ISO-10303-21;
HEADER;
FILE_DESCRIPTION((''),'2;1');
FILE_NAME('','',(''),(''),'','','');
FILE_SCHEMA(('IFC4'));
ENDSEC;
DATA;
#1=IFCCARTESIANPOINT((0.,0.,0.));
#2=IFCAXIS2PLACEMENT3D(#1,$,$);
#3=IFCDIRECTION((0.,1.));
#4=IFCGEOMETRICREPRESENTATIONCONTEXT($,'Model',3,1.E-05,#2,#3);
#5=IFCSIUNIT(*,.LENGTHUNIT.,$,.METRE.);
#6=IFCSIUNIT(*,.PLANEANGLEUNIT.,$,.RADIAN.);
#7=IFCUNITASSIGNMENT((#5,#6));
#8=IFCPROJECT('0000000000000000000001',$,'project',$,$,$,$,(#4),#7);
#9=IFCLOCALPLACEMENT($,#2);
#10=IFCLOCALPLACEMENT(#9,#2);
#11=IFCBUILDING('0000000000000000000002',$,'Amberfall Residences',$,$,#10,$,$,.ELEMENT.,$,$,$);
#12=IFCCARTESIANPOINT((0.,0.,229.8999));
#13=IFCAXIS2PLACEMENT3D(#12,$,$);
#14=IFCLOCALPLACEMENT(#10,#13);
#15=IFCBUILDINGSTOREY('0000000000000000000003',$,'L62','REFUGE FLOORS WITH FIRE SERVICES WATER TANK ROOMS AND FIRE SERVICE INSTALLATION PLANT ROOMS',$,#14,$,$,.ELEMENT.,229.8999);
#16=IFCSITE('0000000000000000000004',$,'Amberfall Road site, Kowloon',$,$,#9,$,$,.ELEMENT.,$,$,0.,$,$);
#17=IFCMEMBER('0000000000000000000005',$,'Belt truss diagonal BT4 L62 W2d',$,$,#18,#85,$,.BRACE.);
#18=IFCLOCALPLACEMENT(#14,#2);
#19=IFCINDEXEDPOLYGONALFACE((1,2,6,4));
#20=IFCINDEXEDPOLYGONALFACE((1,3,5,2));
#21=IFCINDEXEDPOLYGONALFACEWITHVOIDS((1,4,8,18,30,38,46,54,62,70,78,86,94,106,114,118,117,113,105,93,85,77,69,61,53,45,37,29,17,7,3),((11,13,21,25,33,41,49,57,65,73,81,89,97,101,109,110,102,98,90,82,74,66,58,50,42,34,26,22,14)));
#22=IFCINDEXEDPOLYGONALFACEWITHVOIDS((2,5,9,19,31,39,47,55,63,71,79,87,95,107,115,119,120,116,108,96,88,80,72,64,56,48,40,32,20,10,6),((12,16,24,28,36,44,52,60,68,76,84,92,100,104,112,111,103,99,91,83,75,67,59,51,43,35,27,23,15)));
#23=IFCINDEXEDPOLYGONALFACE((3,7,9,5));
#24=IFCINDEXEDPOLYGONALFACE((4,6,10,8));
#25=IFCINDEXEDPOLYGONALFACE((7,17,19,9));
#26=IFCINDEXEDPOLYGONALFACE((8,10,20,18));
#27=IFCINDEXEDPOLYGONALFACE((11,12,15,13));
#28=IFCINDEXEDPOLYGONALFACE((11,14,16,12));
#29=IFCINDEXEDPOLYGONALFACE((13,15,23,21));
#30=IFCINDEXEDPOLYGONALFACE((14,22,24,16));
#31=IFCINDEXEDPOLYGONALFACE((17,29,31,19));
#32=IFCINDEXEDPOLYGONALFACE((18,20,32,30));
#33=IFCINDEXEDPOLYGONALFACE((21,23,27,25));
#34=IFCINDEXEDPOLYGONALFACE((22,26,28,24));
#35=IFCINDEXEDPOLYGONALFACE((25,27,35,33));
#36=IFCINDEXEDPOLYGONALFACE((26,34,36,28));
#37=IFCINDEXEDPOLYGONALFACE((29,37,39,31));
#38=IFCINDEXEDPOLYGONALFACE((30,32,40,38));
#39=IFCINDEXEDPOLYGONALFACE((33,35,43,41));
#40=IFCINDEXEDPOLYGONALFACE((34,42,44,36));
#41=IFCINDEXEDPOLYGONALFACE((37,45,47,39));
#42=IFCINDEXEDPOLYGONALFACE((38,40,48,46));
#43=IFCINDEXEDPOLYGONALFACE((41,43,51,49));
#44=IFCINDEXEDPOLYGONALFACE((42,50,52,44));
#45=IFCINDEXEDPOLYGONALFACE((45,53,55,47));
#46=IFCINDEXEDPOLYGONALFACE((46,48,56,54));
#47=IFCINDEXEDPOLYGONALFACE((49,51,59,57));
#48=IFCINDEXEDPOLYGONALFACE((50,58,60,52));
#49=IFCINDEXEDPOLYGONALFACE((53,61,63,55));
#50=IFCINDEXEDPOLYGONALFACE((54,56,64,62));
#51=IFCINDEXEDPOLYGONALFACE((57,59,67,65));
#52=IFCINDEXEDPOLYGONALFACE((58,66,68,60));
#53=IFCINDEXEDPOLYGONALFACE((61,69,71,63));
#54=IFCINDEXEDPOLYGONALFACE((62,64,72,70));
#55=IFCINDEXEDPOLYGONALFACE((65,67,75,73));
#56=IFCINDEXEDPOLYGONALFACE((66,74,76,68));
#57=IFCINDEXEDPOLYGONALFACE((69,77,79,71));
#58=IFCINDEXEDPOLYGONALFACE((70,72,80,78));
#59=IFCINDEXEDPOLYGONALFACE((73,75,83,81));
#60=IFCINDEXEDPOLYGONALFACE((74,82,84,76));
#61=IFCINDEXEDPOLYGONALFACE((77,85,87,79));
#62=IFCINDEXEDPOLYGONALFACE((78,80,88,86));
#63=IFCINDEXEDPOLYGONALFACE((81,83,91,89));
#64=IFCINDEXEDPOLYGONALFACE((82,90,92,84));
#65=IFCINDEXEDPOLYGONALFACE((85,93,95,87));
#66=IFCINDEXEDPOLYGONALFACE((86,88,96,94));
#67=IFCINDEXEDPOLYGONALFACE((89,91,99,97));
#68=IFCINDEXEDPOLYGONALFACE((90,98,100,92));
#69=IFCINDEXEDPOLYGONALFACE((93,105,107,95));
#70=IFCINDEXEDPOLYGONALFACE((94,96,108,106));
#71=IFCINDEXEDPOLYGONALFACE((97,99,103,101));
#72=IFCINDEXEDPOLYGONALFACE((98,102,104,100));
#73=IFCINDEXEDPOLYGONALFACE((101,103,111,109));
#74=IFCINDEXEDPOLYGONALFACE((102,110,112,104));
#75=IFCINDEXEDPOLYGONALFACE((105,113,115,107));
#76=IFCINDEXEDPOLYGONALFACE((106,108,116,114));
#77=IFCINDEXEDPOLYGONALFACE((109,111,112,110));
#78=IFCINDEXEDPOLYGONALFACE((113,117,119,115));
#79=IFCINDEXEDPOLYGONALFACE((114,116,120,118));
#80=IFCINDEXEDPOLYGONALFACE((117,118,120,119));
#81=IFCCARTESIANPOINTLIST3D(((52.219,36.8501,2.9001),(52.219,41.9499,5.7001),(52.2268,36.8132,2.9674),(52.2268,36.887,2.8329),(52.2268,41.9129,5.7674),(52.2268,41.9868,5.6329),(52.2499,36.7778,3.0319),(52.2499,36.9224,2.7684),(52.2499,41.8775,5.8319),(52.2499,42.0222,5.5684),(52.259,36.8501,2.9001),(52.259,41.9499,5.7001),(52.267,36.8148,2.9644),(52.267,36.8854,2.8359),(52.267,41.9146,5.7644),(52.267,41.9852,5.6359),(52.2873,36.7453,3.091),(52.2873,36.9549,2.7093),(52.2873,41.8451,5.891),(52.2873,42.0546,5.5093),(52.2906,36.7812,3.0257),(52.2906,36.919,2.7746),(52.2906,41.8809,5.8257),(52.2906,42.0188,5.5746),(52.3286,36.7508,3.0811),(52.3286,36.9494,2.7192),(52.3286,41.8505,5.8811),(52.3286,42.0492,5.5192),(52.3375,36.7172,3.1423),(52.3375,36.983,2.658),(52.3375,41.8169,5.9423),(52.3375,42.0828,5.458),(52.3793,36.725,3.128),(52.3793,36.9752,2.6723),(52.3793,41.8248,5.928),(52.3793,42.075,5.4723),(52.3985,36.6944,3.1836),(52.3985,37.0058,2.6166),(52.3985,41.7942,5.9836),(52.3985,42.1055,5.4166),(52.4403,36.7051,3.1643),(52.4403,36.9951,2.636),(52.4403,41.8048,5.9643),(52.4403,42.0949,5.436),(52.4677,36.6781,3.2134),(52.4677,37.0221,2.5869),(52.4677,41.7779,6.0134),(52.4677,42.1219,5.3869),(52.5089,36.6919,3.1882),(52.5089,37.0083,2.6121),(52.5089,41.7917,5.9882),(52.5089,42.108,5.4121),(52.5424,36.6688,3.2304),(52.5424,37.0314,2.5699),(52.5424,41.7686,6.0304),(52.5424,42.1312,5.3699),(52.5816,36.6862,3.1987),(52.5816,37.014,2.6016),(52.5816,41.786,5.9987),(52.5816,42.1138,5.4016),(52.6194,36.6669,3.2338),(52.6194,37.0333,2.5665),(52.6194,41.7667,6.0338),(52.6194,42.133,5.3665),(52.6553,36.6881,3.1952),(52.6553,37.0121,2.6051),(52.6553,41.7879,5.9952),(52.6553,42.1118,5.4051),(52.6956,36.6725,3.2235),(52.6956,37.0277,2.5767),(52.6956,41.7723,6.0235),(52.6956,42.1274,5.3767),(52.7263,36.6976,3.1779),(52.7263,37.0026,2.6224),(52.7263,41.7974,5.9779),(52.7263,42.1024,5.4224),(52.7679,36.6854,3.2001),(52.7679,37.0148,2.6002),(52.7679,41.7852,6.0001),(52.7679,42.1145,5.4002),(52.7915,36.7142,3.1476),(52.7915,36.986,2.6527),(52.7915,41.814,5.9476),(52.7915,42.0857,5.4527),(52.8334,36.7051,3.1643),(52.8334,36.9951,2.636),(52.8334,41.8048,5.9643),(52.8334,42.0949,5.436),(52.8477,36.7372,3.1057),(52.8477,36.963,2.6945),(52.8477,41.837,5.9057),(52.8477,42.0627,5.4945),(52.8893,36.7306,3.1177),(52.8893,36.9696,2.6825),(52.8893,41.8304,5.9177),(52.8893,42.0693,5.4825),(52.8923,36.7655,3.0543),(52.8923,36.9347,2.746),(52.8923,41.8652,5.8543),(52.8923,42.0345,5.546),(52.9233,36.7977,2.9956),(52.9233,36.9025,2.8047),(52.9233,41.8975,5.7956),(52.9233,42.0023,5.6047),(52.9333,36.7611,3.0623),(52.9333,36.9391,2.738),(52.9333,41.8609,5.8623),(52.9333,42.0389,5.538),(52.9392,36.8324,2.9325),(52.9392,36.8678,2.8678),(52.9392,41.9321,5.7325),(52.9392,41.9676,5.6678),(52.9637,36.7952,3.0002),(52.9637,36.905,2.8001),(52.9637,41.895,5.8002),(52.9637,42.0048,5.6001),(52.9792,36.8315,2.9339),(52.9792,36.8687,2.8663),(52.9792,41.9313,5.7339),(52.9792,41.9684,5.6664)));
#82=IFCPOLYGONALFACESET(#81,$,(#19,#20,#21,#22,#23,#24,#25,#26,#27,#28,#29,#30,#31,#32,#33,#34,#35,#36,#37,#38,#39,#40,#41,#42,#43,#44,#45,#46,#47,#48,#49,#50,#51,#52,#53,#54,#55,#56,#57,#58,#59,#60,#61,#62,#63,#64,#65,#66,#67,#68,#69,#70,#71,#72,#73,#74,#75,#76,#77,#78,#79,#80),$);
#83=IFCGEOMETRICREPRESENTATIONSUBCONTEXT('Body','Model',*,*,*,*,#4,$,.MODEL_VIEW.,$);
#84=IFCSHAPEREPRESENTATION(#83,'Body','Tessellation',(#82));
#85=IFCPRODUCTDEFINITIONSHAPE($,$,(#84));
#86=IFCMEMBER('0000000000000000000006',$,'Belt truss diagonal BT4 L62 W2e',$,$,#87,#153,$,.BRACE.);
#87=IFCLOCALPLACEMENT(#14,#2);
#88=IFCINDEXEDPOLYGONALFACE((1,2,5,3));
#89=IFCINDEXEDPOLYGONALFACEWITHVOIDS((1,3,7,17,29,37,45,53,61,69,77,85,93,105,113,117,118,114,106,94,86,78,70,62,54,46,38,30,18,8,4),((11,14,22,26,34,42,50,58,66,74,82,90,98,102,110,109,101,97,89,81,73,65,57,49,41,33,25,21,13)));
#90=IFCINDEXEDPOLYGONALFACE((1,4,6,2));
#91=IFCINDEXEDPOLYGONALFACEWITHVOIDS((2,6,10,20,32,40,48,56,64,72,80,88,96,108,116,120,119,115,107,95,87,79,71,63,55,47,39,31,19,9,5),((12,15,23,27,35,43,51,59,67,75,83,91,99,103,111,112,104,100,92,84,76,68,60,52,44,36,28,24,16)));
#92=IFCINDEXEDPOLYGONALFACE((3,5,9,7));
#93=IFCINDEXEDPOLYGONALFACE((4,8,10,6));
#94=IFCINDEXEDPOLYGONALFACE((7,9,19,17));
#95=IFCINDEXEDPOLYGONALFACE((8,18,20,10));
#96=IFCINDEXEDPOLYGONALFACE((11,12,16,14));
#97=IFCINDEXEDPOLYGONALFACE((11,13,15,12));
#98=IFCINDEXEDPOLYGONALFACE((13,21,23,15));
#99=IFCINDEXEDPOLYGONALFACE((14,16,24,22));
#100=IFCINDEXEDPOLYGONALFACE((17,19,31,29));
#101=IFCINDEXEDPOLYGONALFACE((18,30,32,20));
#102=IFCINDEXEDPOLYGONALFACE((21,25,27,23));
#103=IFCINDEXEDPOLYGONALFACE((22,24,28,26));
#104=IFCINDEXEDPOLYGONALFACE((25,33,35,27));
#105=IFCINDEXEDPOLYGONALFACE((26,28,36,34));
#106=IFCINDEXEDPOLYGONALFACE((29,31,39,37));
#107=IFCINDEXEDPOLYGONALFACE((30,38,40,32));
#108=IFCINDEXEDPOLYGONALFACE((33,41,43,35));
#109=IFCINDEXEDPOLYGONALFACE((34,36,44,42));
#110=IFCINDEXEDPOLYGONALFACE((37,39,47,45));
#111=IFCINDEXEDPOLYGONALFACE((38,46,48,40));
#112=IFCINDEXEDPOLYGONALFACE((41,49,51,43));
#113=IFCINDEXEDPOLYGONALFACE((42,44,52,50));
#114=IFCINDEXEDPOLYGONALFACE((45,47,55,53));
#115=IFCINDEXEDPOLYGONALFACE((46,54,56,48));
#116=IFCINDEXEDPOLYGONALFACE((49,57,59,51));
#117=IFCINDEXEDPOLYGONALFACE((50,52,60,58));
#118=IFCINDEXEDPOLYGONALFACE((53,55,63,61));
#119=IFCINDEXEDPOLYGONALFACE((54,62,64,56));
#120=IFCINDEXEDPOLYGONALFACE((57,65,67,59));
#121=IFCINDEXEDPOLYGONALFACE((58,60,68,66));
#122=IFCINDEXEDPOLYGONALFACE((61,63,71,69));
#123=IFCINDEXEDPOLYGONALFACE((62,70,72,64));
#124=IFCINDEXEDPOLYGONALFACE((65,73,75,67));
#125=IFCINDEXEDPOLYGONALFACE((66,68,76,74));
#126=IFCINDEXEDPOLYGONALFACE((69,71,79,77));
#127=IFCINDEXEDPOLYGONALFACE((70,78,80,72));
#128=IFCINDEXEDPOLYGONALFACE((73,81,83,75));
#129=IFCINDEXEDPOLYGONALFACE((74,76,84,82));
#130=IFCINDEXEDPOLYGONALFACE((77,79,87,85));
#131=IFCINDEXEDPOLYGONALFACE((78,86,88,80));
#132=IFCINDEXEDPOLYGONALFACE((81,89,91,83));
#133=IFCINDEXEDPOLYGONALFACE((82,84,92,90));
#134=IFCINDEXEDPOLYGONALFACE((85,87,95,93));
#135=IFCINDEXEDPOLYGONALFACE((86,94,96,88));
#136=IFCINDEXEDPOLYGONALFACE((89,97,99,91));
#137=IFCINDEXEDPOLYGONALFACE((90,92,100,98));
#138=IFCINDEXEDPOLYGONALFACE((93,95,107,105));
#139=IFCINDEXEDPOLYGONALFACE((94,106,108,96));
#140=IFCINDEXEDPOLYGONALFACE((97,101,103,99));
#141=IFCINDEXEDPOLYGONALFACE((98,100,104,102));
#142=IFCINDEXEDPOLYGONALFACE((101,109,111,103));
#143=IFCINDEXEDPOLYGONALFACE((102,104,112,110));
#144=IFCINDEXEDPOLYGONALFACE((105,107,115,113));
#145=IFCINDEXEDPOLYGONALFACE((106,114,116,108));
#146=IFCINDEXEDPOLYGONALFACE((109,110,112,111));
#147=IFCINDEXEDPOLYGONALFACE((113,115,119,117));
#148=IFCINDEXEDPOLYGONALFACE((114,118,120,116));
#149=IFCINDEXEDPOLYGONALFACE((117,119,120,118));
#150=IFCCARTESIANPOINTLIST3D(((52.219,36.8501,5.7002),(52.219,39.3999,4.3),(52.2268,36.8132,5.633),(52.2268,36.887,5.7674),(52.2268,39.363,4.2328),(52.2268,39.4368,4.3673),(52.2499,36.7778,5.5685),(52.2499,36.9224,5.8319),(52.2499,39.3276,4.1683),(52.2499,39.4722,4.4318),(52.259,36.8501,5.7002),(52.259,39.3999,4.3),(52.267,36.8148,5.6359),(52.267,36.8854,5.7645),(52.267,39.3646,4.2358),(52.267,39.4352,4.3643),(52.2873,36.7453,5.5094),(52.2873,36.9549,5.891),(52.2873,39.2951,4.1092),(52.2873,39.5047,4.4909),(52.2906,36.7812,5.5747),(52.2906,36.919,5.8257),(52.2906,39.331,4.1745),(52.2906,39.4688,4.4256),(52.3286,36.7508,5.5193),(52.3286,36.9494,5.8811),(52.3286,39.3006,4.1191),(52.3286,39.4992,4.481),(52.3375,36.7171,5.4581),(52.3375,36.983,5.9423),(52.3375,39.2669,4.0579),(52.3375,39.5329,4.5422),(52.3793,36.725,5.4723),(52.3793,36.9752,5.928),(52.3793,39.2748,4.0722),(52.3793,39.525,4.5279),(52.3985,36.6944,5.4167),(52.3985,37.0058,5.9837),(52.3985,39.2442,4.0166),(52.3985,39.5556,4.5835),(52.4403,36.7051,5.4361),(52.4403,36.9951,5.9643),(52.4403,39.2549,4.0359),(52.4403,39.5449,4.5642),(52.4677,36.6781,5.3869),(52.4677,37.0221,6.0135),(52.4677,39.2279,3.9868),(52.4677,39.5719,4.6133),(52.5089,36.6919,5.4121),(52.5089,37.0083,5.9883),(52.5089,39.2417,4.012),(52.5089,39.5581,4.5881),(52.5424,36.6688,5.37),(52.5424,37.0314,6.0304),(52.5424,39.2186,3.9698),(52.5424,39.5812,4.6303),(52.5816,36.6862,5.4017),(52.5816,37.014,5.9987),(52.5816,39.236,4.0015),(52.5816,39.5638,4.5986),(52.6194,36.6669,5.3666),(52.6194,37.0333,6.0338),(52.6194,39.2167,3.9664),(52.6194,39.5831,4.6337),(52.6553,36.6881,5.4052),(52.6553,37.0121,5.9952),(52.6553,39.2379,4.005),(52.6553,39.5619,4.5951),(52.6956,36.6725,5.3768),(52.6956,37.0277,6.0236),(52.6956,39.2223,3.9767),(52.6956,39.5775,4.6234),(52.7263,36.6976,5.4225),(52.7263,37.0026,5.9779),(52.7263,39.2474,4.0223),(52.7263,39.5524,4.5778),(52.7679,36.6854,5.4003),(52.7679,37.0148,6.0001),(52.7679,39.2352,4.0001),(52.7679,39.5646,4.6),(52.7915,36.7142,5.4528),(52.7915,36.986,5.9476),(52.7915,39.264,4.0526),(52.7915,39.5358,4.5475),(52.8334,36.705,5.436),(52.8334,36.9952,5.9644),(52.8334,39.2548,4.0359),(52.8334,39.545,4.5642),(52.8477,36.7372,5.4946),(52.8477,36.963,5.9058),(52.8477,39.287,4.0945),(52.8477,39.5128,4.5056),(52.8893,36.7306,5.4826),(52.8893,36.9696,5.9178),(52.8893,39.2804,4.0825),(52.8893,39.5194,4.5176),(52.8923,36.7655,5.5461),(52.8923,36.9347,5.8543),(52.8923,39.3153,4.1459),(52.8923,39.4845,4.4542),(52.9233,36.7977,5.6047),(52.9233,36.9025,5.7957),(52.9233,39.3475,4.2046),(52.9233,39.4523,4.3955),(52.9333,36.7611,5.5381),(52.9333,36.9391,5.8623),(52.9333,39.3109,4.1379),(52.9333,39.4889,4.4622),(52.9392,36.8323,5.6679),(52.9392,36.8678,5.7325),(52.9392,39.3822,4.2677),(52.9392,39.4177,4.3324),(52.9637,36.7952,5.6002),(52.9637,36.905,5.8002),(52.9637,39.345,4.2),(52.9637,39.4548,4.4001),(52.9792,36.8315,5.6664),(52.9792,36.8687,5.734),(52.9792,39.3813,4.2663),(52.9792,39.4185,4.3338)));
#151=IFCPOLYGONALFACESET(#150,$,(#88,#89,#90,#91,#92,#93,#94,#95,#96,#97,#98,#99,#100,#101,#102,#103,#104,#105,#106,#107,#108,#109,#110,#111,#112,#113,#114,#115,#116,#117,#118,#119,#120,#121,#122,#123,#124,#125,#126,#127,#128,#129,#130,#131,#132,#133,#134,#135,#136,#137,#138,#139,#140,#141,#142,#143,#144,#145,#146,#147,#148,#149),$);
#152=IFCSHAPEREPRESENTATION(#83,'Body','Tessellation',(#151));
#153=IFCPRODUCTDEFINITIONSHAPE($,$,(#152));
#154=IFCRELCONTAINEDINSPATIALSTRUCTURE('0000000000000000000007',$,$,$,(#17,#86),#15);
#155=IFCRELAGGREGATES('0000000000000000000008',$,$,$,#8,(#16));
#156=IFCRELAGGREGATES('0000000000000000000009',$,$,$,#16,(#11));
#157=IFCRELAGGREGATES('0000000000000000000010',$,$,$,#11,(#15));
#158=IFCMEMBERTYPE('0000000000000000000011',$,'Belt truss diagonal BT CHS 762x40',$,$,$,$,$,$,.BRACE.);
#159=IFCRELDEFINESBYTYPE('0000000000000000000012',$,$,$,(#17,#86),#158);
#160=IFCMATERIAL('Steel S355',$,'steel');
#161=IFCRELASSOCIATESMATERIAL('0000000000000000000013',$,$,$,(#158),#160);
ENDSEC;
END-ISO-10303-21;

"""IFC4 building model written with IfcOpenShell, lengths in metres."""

from ifc_helpers import new_model, si_unit, direction, frame, origin, origin_2d, place, context, subcontext, project, spatial, hollow_circle, extrude, material, material_profile, profile_set, type_object, element, save


model = new_model("IFC4")

# Units and contexts
model_context = context("Model", 3, precision=1e-05, world=origin(), true_north=direction((0.0, 1.0)))
body_context = subcontext(model_context, "Body", "Model", "MODEL_VIEW")
ifc_project = project(units=[si_unit("LENGTHUNIT", "METRE"), si_unit("PLANEANGLEUNIT", "RADIAN")], contexts=[model_context])

# Site, building, storey
site_placement = place(None, origin())
site = spatial("IfcSite", under=ifc_project, at=site_placement, Name="Amberfall Road site, Kowloon", CompositionType="ELEMENT", RefElevation=0.0)
building_placement = place(site_placement, origin())
building = spatial("IfcBuilding", under=site, at=building_placement, Name="Amberfall Residences", CompositionType="ELEMENT")
storey_placement = place(building_placement, frame((0.0, 0.0, 229.8999)))
storey = spatial("IfcBuildingStorey", under=building, at=storey_placement, Name="L62", Description="REFUGE FLOORS WITH FIRE SERVICES WATER TANK ROOMS AND FIRE SERVICE INSTALLATION PLANT ROOMS", CompositionType="ELEMENT", Elevation=229.8999)

# Shared definitions
ifc_material_1 = material(Name="Steel S355", Category="steel")

# Members
ifc_material_profile_1 = material_profile(ifc_material_1, hollow_circle(Radius=0.3811, WallThickness=0.04, at=origin_2d()), Name="CHS 762x40")
ifc_profile_set_1 = profile_set([ifc_material_profile_1], Name="Steel S355")
member_type = type_object("IfcMemberType", Name="Belt truss diagonal BT CHS 762x40", PredefinedType="BRACE", material=ifc_profile_set_1)
member_1_placement = place(storey_placement, frame((52.6001, 36.8501, 2.9001), z_axis=(0.0, 0.876569, 0.481276), x_axis=(-1.0, 0.0, 0.0)))
element("IfcMember", 1, at=member_1_placement, inside=storey, type_object=member_type, Name="Belt truss diagonal BT4 L62 W2d", PredefinedType="BRACE", context=body_context, shape_type="SweptSolid", body=[
    extrude(hollow_circle(Radius=0.3811, WallThickness=0.04, at=origin_2d()), origin(), (0.0, 0.0, 1.0), 5.8179),
])
for number, where, z_axis, x_axis, name in (
    (2, (52.6001, 36.8501, 5.7002), (0.0, 0.876542, -0.481326), (-1.0, 0.0, 0.0), "Belt truss diagonal BT4 L62 W2e"),
):
    element("IfcMember", number, at=place(storey_placement, frame(where, z_axis=z_axis, x_axis=x_axis)), inside=storey, type_object=member_type, Name=name, PredefinedType="BRACE", context=body_context, shape_type="SweptSolid", body=[
        extrude(hollow_circle(Radius=0.3811, WallThickness=0.04, at=origin_2d()), origin(), (0.0, 0.0, 1.0), 2.9089),
    ])

save(model, "model.ifc")
